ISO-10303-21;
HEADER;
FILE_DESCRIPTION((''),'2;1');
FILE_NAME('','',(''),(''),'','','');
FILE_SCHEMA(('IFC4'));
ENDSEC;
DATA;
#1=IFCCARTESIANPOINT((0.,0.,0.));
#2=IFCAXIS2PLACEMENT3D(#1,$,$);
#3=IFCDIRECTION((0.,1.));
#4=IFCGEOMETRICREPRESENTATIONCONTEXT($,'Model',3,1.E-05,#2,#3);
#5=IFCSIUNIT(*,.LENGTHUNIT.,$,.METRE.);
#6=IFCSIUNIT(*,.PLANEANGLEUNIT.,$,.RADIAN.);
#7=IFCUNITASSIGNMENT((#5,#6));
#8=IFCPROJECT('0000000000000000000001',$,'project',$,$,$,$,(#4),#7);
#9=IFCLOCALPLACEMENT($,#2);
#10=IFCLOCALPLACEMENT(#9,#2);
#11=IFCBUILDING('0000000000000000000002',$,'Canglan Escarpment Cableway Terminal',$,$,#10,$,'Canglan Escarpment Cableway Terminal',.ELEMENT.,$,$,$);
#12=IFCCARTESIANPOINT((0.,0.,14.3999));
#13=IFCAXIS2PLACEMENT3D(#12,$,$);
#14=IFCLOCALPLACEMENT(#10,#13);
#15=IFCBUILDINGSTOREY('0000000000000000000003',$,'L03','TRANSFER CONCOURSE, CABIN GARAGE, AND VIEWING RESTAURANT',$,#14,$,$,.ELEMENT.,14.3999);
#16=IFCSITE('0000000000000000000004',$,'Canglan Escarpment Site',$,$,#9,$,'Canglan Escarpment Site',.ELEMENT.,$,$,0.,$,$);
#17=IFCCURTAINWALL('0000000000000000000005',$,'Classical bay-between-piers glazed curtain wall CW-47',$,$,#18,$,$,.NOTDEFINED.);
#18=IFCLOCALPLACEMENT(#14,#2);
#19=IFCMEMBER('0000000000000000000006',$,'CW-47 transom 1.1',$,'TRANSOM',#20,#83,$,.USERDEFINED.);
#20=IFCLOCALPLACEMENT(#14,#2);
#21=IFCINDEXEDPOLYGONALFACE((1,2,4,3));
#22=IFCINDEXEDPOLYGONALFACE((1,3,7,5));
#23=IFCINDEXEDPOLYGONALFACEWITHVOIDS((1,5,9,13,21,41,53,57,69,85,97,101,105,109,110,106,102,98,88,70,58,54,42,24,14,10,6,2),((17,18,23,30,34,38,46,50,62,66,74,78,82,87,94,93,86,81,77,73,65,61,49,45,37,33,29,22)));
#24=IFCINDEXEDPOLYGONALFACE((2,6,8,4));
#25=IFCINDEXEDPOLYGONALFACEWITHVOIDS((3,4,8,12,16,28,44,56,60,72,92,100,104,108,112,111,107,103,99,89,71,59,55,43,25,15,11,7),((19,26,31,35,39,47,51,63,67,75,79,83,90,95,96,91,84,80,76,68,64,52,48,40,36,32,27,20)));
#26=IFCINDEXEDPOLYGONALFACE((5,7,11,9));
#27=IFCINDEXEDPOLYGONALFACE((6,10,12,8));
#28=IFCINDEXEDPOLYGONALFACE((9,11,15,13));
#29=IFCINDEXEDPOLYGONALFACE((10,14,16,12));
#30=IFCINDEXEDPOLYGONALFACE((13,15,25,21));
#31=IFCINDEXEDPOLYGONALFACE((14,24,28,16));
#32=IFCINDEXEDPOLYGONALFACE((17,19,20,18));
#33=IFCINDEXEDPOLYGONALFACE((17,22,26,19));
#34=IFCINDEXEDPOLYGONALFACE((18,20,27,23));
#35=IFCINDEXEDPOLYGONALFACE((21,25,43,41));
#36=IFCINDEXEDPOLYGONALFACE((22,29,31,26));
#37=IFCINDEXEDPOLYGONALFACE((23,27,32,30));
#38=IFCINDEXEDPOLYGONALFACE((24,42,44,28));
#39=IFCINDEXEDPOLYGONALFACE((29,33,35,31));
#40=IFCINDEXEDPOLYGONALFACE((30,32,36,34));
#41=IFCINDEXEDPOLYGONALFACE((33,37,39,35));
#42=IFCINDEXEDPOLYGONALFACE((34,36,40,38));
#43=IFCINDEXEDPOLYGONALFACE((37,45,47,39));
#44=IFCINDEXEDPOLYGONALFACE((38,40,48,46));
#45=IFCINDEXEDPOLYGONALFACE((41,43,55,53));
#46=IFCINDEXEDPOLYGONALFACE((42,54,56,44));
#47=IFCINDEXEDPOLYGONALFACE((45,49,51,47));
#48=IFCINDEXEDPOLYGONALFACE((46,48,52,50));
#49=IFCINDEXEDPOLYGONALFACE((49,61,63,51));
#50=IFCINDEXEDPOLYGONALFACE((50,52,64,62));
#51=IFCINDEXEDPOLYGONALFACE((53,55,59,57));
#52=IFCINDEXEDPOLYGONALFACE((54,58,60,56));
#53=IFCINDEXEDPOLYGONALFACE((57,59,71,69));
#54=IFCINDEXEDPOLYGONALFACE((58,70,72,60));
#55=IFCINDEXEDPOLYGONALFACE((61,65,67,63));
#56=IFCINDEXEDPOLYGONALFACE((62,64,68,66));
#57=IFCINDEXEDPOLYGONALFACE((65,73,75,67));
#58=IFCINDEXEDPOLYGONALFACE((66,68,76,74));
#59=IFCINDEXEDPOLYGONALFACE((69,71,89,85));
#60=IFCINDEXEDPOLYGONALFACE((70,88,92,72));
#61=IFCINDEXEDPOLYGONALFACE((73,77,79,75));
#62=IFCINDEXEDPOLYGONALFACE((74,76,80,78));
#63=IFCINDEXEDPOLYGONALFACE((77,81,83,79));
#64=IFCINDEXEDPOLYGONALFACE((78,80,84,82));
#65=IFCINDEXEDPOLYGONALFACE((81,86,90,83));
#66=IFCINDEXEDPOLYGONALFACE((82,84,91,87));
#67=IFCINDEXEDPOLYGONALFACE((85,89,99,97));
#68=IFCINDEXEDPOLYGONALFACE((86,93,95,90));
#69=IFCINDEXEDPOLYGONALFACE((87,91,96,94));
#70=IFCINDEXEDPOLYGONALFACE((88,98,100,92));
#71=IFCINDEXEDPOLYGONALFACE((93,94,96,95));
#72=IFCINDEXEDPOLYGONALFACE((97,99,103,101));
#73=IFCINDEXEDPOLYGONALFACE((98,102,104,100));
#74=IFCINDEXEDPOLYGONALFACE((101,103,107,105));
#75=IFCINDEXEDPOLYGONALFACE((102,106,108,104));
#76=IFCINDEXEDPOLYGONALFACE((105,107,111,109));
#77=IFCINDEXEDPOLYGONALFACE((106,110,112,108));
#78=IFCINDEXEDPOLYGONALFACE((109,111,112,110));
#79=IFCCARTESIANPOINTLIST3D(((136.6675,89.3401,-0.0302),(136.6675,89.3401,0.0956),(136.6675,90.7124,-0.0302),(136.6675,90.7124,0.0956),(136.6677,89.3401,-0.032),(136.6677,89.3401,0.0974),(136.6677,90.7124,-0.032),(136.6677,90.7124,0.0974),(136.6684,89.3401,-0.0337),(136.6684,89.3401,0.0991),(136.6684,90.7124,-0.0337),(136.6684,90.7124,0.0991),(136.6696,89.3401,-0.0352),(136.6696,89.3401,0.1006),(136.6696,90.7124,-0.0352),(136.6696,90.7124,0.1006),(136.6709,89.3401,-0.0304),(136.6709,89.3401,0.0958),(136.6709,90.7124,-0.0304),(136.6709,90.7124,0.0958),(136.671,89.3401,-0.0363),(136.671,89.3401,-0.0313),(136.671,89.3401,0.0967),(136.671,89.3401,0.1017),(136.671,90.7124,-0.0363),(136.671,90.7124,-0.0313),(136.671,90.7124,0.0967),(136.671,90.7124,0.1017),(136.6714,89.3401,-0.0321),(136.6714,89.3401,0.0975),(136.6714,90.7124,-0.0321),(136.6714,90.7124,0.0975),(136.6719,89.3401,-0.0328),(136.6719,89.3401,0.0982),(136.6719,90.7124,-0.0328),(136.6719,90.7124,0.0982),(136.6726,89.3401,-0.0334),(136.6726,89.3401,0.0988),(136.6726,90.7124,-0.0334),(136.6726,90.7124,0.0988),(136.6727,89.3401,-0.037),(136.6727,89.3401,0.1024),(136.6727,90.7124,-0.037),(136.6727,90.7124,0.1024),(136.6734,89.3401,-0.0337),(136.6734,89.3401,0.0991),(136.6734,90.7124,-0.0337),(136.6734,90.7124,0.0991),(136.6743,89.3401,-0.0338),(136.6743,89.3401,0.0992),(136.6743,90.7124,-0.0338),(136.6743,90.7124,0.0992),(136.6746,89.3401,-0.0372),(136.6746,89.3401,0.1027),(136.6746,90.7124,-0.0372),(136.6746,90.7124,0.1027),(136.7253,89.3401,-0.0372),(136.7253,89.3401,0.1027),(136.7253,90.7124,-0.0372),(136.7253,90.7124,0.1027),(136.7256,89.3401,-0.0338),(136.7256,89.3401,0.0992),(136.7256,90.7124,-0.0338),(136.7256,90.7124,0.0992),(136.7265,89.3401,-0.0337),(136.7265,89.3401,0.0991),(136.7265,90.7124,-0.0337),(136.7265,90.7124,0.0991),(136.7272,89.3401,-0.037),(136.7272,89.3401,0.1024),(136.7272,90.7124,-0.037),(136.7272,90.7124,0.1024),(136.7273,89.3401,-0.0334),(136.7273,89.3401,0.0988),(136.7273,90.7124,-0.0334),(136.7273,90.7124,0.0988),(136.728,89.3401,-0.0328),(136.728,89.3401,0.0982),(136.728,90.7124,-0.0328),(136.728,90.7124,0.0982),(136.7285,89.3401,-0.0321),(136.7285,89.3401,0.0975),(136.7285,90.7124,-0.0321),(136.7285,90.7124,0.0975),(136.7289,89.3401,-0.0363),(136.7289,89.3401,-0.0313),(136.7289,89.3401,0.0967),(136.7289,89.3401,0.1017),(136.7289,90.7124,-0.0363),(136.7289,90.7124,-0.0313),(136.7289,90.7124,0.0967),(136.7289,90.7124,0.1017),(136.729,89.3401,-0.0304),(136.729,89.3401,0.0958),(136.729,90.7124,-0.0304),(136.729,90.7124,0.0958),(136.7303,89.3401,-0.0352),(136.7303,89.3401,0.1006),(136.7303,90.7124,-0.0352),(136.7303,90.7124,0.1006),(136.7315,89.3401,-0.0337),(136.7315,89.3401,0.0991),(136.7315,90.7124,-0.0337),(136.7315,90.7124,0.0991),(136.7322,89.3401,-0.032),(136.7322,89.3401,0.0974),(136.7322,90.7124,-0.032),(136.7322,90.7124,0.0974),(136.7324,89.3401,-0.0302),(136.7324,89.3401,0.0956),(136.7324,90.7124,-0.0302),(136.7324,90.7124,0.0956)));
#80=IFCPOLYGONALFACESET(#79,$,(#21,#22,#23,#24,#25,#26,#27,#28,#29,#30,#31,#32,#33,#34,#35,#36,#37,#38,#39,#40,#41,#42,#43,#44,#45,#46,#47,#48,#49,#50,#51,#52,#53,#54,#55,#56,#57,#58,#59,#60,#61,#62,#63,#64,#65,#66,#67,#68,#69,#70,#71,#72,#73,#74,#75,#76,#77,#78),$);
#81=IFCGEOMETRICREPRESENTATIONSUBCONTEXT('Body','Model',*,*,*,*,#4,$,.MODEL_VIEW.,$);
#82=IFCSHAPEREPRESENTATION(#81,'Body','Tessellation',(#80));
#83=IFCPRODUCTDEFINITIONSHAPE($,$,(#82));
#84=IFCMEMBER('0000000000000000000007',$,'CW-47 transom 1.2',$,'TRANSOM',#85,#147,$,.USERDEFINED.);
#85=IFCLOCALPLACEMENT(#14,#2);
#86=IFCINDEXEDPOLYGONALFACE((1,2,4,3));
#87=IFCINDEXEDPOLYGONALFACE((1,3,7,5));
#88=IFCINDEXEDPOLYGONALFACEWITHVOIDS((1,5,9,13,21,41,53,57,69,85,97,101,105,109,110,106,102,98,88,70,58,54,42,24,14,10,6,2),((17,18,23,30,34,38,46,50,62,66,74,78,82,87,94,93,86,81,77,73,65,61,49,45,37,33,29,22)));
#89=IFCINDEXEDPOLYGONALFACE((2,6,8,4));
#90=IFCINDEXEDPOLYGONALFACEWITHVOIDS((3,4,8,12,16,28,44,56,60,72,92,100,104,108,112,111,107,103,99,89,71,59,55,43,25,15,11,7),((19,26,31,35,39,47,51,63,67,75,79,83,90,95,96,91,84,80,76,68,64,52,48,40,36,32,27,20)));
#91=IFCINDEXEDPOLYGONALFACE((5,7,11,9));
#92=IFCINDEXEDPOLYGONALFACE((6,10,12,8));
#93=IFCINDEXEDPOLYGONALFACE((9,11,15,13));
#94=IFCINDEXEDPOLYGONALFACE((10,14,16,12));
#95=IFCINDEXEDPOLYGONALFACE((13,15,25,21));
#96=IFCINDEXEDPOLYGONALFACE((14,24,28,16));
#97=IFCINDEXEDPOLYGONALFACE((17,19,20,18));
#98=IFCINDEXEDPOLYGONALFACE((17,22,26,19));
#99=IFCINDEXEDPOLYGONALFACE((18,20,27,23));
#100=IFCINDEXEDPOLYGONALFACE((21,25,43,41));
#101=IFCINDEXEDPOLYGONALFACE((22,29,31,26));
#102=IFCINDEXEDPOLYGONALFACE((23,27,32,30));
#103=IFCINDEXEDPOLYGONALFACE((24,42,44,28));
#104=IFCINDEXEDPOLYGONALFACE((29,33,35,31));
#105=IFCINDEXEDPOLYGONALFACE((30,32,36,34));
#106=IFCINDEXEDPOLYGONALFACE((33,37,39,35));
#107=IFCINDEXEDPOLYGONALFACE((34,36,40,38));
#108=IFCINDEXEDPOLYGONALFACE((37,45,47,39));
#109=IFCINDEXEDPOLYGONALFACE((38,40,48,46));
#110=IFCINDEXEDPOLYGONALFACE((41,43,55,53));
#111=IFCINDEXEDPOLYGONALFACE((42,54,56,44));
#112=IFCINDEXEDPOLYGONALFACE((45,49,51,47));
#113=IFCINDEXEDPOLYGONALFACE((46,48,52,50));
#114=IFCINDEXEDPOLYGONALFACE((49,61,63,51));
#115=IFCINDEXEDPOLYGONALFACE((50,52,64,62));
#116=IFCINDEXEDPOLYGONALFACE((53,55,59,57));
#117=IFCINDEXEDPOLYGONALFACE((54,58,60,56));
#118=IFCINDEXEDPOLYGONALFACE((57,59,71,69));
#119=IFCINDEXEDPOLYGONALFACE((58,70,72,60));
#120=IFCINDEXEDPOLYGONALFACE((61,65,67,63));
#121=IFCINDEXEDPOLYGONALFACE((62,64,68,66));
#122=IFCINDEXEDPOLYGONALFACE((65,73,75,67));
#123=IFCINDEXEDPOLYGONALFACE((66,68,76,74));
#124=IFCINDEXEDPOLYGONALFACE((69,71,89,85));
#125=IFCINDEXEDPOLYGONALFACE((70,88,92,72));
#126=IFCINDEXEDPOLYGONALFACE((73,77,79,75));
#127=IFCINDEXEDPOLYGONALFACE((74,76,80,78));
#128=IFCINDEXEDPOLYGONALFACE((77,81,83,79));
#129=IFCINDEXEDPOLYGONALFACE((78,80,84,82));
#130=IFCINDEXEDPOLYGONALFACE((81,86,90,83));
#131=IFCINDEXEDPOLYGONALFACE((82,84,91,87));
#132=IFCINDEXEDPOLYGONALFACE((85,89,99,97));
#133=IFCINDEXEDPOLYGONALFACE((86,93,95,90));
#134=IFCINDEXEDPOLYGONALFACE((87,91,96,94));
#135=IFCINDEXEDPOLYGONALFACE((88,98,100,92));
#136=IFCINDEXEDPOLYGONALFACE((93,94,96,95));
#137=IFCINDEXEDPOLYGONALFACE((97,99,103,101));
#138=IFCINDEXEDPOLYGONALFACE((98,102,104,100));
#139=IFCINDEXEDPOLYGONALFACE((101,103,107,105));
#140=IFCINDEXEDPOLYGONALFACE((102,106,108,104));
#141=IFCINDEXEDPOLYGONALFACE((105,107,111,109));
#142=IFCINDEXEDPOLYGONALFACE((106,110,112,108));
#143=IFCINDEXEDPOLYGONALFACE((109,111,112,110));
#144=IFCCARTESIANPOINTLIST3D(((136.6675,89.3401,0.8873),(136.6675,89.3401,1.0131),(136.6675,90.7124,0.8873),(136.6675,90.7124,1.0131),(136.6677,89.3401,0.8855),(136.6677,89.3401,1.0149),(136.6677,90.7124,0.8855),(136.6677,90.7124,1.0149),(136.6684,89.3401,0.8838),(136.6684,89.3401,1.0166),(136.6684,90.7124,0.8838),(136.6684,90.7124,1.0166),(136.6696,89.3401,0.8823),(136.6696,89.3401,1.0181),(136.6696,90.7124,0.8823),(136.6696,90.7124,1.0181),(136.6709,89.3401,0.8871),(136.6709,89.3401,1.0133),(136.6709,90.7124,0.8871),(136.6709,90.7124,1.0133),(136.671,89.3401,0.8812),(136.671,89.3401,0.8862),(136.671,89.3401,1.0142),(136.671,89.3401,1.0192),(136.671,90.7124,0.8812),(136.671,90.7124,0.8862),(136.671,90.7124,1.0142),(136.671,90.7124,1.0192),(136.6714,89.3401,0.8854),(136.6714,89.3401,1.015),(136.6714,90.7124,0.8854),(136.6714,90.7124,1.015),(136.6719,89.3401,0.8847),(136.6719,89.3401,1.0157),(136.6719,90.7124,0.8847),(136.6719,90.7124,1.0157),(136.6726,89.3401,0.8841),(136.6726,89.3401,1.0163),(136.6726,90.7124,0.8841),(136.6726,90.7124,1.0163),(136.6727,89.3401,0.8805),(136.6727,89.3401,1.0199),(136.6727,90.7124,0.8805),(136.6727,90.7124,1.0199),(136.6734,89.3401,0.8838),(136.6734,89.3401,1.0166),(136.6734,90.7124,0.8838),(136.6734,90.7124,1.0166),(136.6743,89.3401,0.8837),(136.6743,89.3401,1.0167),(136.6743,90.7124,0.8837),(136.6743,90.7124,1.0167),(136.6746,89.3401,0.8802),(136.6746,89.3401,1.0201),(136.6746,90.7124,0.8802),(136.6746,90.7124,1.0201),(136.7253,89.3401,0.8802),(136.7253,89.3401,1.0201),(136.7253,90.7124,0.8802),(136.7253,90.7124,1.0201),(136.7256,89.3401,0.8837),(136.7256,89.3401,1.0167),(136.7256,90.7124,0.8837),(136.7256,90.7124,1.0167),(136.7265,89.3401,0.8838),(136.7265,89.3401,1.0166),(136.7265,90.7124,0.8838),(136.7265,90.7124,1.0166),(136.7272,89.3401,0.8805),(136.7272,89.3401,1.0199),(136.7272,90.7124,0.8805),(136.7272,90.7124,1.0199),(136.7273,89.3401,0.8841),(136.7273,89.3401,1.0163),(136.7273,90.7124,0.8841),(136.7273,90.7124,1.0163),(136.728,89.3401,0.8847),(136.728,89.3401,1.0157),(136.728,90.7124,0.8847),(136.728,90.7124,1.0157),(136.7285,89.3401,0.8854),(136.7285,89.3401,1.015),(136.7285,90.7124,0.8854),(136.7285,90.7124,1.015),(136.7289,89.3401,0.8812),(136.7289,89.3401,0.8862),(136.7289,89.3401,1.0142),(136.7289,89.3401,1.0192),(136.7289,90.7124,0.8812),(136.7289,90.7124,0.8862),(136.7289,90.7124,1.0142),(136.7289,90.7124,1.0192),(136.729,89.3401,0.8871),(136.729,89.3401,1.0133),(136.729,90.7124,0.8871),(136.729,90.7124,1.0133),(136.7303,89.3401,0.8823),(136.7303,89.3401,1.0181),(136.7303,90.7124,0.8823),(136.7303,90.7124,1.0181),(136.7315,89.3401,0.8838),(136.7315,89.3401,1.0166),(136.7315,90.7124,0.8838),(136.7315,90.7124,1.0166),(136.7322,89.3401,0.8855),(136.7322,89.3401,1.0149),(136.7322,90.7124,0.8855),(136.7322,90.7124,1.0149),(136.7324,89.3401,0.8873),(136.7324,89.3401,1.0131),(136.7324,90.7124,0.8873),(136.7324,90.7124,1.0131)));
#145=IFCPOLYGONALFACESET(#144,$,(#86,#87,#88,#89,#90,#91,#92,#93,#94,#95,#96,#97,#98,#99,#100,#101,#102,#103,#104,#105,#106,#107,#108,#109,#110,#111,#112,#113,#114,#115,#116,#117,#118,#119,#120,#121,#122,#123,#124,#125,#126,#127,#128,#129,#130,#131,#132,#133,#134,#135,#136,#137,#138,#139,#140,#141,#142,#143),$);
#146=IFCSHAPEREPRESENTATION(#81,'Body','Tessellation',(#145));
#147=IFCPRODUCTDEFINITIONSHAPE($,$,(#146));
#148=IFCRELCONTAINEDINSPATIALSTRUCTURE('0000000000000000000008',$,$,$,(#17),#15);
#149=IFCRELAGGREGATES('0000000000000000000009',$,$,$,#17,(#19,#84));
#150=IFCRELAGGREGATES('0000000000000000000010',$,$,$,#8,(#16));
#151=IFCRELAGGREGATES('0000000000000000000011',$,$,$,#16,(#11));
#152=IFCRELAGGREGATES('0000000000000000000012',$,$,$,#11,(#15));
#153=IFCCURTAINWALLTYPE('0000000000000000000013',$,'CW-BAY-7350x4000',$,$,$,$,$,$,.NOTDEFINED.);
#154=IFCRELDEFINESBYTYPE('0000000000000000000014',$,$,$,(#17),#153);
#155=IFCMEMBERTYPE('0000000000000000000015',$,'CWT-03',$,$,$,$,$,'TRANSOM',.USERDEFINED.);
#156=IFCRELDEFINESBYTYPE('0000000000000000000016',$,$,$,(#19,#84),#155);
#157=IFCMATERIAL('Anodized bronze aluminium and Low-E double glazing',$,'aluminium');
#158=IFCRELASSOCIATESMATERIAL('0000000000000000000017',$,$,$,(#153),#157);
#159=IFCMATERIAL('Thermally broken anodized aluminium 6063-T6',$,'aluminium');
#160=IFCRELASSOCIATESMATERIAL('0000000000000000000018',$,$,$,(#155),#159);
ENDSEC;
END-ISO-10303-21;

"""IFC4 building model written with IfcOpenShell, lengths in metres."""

from ifc_helpers import new_model, si_unit, direction, frame, origin, origin_2d, place, context, subcontext, project, spatial, hollow_rectangle, extrude, material, material_profile, profile_set, type_object, element, aggregate, save


model = new_model("IFC4")

# Units and contexts
model_context = context("Model", 3, precision=1e-05, world=origin(), true_north=direction((0.0, 1.0)))
body_context = subcontext(model_context, "Body", "Model", "MODEL_VIEW")
ifc_project = project(units=[si_unit("LENGTHUNIT", "METRE"), si_unit("PLANEANGLEUNIT", "RADIAN")], contexts=[model_context])

# Site, building, storey
site_placement = place(None, origin())
site = spatial("IfcSite", under=ifc_project, at=site_placement, Name="Canglan Escarpment Site", LongName="Canglan Escarpment Site", CompositionType="ELEMENT", RefElevation=0.0)
building_placement = place(site_placement, origin())
building = spatial("IfcBuilding", under=site, at=building_placement, Name="Canglan Escarpment Cableway Terminal", LongName="Canglan Escarpment Cableway Terminal", CompositionType="ELEMENT")
storey_placement = place(building_placement, frame((0.0, 0.0, 14.3999)))
storey = spatial("IfcBuildingStorey", under=building, at=storey_placement, Name="L03", Description="TRANSFER CONCOURSE, CABIN GARAGE, AND VIEWING RESTAURANT", CompositionType="ELEMENT", Elevation=14.3999)

# Curtain wall, members
ifc_material_1 = material(Name="Anodized bronze aluminium and Low-E double glazing", Category="aluminium")
curtain_wall_type = type_object("IfcCurtainWallType", Name="CW-BAY-7350x4000", PredefinedType="NOTDEFINED", material=ifc_material_1)
curtain_wall_placement = place(storey_placement, origin())
curtain_wall = element("IfcCurtainWall", 1, at=curtain_wall_placement, inside=storey, type_object=curtain_wall_type, Name="Classical bay-between-piers glazed curtain wall CW-47", PredefinedType="NOTDEFINED")
ifc_material_2 = material(Name="Thermally broken anodized aluminium 6063-T6", Category="aluminium")
ifc_material_profile_1 = material_profile(ifc_material_2, hollow_rectangle(XDim=0.0649, YDim=0.1399, WallThickness=0.0034, InnerFilletRadius=0.0034, OuterFilletRadius=0.0071, at=origin_2d()), Name="ALU-TRAN 65x140x3.5")
ifc_profile_set_1 = profile_set([ifc_material_profile_1], Name="Thermally broken anodized aluminium 6063-T6")
member_type_1 = type_object("IfcMemberType", Name="CWT-03", ElementType="TRANSOM", PredefinedType="USERDEFINED", material=ifc_profile_set_1)
member_1_placement = place(storey_placement, frame((136.7, 89.3401, 0.0327), z_axis=(0.0, 1.0, 0.0), x_axis=(-1.0, 0.0, 0.0)))
member_1 = element("IfcMember", 2, at=member_1_placement, type_object=member_type_1, Name="CW-47 transom 1.1", ObjectType="TRANSOM", PredefinedType="USERDEFINED", context=body_context, shape_type="SweptSolid", body=[
    extrude(hollow_rectangle(XDim=0.0649, YDim=0.1399, WallThickness=0.0034, InnerFilletRadius=0.0034, OuterFilletRadius=0.0071, at=origin_2d()), origin(), (0.0, 0.0, 1.0), 1.3723),
])
member_2_placement = place(storey_placement, frame((136.7, 89.3401, 0.9502), z_axis=(0.0, 1.0, 0.0), x_axis=(-1.0, 0.0, 0.0)))
member_2 = element("IfcMember", 3, at=member_2_placement, type_object=member_type_1, Name="CW-47 transom 1.2", ObjectType="TRANSOM", PredefinedType="USERDEFINED", context=body_context, shape_type="SweptSolid", body=[
    extrude(hollow_rectangle(XDim=0.0649, YDim=0.1399, WallThickness=0.0034, InnerFilletRadius=0.0034, OuterFilletRadius=0.0071, at=origin_2d()), origin(), (0.0, 0.0, 1.0), 1.3723),
])
aggregate(curtain_wall, [member_1, member_2])

save(model, "model.ifc")
